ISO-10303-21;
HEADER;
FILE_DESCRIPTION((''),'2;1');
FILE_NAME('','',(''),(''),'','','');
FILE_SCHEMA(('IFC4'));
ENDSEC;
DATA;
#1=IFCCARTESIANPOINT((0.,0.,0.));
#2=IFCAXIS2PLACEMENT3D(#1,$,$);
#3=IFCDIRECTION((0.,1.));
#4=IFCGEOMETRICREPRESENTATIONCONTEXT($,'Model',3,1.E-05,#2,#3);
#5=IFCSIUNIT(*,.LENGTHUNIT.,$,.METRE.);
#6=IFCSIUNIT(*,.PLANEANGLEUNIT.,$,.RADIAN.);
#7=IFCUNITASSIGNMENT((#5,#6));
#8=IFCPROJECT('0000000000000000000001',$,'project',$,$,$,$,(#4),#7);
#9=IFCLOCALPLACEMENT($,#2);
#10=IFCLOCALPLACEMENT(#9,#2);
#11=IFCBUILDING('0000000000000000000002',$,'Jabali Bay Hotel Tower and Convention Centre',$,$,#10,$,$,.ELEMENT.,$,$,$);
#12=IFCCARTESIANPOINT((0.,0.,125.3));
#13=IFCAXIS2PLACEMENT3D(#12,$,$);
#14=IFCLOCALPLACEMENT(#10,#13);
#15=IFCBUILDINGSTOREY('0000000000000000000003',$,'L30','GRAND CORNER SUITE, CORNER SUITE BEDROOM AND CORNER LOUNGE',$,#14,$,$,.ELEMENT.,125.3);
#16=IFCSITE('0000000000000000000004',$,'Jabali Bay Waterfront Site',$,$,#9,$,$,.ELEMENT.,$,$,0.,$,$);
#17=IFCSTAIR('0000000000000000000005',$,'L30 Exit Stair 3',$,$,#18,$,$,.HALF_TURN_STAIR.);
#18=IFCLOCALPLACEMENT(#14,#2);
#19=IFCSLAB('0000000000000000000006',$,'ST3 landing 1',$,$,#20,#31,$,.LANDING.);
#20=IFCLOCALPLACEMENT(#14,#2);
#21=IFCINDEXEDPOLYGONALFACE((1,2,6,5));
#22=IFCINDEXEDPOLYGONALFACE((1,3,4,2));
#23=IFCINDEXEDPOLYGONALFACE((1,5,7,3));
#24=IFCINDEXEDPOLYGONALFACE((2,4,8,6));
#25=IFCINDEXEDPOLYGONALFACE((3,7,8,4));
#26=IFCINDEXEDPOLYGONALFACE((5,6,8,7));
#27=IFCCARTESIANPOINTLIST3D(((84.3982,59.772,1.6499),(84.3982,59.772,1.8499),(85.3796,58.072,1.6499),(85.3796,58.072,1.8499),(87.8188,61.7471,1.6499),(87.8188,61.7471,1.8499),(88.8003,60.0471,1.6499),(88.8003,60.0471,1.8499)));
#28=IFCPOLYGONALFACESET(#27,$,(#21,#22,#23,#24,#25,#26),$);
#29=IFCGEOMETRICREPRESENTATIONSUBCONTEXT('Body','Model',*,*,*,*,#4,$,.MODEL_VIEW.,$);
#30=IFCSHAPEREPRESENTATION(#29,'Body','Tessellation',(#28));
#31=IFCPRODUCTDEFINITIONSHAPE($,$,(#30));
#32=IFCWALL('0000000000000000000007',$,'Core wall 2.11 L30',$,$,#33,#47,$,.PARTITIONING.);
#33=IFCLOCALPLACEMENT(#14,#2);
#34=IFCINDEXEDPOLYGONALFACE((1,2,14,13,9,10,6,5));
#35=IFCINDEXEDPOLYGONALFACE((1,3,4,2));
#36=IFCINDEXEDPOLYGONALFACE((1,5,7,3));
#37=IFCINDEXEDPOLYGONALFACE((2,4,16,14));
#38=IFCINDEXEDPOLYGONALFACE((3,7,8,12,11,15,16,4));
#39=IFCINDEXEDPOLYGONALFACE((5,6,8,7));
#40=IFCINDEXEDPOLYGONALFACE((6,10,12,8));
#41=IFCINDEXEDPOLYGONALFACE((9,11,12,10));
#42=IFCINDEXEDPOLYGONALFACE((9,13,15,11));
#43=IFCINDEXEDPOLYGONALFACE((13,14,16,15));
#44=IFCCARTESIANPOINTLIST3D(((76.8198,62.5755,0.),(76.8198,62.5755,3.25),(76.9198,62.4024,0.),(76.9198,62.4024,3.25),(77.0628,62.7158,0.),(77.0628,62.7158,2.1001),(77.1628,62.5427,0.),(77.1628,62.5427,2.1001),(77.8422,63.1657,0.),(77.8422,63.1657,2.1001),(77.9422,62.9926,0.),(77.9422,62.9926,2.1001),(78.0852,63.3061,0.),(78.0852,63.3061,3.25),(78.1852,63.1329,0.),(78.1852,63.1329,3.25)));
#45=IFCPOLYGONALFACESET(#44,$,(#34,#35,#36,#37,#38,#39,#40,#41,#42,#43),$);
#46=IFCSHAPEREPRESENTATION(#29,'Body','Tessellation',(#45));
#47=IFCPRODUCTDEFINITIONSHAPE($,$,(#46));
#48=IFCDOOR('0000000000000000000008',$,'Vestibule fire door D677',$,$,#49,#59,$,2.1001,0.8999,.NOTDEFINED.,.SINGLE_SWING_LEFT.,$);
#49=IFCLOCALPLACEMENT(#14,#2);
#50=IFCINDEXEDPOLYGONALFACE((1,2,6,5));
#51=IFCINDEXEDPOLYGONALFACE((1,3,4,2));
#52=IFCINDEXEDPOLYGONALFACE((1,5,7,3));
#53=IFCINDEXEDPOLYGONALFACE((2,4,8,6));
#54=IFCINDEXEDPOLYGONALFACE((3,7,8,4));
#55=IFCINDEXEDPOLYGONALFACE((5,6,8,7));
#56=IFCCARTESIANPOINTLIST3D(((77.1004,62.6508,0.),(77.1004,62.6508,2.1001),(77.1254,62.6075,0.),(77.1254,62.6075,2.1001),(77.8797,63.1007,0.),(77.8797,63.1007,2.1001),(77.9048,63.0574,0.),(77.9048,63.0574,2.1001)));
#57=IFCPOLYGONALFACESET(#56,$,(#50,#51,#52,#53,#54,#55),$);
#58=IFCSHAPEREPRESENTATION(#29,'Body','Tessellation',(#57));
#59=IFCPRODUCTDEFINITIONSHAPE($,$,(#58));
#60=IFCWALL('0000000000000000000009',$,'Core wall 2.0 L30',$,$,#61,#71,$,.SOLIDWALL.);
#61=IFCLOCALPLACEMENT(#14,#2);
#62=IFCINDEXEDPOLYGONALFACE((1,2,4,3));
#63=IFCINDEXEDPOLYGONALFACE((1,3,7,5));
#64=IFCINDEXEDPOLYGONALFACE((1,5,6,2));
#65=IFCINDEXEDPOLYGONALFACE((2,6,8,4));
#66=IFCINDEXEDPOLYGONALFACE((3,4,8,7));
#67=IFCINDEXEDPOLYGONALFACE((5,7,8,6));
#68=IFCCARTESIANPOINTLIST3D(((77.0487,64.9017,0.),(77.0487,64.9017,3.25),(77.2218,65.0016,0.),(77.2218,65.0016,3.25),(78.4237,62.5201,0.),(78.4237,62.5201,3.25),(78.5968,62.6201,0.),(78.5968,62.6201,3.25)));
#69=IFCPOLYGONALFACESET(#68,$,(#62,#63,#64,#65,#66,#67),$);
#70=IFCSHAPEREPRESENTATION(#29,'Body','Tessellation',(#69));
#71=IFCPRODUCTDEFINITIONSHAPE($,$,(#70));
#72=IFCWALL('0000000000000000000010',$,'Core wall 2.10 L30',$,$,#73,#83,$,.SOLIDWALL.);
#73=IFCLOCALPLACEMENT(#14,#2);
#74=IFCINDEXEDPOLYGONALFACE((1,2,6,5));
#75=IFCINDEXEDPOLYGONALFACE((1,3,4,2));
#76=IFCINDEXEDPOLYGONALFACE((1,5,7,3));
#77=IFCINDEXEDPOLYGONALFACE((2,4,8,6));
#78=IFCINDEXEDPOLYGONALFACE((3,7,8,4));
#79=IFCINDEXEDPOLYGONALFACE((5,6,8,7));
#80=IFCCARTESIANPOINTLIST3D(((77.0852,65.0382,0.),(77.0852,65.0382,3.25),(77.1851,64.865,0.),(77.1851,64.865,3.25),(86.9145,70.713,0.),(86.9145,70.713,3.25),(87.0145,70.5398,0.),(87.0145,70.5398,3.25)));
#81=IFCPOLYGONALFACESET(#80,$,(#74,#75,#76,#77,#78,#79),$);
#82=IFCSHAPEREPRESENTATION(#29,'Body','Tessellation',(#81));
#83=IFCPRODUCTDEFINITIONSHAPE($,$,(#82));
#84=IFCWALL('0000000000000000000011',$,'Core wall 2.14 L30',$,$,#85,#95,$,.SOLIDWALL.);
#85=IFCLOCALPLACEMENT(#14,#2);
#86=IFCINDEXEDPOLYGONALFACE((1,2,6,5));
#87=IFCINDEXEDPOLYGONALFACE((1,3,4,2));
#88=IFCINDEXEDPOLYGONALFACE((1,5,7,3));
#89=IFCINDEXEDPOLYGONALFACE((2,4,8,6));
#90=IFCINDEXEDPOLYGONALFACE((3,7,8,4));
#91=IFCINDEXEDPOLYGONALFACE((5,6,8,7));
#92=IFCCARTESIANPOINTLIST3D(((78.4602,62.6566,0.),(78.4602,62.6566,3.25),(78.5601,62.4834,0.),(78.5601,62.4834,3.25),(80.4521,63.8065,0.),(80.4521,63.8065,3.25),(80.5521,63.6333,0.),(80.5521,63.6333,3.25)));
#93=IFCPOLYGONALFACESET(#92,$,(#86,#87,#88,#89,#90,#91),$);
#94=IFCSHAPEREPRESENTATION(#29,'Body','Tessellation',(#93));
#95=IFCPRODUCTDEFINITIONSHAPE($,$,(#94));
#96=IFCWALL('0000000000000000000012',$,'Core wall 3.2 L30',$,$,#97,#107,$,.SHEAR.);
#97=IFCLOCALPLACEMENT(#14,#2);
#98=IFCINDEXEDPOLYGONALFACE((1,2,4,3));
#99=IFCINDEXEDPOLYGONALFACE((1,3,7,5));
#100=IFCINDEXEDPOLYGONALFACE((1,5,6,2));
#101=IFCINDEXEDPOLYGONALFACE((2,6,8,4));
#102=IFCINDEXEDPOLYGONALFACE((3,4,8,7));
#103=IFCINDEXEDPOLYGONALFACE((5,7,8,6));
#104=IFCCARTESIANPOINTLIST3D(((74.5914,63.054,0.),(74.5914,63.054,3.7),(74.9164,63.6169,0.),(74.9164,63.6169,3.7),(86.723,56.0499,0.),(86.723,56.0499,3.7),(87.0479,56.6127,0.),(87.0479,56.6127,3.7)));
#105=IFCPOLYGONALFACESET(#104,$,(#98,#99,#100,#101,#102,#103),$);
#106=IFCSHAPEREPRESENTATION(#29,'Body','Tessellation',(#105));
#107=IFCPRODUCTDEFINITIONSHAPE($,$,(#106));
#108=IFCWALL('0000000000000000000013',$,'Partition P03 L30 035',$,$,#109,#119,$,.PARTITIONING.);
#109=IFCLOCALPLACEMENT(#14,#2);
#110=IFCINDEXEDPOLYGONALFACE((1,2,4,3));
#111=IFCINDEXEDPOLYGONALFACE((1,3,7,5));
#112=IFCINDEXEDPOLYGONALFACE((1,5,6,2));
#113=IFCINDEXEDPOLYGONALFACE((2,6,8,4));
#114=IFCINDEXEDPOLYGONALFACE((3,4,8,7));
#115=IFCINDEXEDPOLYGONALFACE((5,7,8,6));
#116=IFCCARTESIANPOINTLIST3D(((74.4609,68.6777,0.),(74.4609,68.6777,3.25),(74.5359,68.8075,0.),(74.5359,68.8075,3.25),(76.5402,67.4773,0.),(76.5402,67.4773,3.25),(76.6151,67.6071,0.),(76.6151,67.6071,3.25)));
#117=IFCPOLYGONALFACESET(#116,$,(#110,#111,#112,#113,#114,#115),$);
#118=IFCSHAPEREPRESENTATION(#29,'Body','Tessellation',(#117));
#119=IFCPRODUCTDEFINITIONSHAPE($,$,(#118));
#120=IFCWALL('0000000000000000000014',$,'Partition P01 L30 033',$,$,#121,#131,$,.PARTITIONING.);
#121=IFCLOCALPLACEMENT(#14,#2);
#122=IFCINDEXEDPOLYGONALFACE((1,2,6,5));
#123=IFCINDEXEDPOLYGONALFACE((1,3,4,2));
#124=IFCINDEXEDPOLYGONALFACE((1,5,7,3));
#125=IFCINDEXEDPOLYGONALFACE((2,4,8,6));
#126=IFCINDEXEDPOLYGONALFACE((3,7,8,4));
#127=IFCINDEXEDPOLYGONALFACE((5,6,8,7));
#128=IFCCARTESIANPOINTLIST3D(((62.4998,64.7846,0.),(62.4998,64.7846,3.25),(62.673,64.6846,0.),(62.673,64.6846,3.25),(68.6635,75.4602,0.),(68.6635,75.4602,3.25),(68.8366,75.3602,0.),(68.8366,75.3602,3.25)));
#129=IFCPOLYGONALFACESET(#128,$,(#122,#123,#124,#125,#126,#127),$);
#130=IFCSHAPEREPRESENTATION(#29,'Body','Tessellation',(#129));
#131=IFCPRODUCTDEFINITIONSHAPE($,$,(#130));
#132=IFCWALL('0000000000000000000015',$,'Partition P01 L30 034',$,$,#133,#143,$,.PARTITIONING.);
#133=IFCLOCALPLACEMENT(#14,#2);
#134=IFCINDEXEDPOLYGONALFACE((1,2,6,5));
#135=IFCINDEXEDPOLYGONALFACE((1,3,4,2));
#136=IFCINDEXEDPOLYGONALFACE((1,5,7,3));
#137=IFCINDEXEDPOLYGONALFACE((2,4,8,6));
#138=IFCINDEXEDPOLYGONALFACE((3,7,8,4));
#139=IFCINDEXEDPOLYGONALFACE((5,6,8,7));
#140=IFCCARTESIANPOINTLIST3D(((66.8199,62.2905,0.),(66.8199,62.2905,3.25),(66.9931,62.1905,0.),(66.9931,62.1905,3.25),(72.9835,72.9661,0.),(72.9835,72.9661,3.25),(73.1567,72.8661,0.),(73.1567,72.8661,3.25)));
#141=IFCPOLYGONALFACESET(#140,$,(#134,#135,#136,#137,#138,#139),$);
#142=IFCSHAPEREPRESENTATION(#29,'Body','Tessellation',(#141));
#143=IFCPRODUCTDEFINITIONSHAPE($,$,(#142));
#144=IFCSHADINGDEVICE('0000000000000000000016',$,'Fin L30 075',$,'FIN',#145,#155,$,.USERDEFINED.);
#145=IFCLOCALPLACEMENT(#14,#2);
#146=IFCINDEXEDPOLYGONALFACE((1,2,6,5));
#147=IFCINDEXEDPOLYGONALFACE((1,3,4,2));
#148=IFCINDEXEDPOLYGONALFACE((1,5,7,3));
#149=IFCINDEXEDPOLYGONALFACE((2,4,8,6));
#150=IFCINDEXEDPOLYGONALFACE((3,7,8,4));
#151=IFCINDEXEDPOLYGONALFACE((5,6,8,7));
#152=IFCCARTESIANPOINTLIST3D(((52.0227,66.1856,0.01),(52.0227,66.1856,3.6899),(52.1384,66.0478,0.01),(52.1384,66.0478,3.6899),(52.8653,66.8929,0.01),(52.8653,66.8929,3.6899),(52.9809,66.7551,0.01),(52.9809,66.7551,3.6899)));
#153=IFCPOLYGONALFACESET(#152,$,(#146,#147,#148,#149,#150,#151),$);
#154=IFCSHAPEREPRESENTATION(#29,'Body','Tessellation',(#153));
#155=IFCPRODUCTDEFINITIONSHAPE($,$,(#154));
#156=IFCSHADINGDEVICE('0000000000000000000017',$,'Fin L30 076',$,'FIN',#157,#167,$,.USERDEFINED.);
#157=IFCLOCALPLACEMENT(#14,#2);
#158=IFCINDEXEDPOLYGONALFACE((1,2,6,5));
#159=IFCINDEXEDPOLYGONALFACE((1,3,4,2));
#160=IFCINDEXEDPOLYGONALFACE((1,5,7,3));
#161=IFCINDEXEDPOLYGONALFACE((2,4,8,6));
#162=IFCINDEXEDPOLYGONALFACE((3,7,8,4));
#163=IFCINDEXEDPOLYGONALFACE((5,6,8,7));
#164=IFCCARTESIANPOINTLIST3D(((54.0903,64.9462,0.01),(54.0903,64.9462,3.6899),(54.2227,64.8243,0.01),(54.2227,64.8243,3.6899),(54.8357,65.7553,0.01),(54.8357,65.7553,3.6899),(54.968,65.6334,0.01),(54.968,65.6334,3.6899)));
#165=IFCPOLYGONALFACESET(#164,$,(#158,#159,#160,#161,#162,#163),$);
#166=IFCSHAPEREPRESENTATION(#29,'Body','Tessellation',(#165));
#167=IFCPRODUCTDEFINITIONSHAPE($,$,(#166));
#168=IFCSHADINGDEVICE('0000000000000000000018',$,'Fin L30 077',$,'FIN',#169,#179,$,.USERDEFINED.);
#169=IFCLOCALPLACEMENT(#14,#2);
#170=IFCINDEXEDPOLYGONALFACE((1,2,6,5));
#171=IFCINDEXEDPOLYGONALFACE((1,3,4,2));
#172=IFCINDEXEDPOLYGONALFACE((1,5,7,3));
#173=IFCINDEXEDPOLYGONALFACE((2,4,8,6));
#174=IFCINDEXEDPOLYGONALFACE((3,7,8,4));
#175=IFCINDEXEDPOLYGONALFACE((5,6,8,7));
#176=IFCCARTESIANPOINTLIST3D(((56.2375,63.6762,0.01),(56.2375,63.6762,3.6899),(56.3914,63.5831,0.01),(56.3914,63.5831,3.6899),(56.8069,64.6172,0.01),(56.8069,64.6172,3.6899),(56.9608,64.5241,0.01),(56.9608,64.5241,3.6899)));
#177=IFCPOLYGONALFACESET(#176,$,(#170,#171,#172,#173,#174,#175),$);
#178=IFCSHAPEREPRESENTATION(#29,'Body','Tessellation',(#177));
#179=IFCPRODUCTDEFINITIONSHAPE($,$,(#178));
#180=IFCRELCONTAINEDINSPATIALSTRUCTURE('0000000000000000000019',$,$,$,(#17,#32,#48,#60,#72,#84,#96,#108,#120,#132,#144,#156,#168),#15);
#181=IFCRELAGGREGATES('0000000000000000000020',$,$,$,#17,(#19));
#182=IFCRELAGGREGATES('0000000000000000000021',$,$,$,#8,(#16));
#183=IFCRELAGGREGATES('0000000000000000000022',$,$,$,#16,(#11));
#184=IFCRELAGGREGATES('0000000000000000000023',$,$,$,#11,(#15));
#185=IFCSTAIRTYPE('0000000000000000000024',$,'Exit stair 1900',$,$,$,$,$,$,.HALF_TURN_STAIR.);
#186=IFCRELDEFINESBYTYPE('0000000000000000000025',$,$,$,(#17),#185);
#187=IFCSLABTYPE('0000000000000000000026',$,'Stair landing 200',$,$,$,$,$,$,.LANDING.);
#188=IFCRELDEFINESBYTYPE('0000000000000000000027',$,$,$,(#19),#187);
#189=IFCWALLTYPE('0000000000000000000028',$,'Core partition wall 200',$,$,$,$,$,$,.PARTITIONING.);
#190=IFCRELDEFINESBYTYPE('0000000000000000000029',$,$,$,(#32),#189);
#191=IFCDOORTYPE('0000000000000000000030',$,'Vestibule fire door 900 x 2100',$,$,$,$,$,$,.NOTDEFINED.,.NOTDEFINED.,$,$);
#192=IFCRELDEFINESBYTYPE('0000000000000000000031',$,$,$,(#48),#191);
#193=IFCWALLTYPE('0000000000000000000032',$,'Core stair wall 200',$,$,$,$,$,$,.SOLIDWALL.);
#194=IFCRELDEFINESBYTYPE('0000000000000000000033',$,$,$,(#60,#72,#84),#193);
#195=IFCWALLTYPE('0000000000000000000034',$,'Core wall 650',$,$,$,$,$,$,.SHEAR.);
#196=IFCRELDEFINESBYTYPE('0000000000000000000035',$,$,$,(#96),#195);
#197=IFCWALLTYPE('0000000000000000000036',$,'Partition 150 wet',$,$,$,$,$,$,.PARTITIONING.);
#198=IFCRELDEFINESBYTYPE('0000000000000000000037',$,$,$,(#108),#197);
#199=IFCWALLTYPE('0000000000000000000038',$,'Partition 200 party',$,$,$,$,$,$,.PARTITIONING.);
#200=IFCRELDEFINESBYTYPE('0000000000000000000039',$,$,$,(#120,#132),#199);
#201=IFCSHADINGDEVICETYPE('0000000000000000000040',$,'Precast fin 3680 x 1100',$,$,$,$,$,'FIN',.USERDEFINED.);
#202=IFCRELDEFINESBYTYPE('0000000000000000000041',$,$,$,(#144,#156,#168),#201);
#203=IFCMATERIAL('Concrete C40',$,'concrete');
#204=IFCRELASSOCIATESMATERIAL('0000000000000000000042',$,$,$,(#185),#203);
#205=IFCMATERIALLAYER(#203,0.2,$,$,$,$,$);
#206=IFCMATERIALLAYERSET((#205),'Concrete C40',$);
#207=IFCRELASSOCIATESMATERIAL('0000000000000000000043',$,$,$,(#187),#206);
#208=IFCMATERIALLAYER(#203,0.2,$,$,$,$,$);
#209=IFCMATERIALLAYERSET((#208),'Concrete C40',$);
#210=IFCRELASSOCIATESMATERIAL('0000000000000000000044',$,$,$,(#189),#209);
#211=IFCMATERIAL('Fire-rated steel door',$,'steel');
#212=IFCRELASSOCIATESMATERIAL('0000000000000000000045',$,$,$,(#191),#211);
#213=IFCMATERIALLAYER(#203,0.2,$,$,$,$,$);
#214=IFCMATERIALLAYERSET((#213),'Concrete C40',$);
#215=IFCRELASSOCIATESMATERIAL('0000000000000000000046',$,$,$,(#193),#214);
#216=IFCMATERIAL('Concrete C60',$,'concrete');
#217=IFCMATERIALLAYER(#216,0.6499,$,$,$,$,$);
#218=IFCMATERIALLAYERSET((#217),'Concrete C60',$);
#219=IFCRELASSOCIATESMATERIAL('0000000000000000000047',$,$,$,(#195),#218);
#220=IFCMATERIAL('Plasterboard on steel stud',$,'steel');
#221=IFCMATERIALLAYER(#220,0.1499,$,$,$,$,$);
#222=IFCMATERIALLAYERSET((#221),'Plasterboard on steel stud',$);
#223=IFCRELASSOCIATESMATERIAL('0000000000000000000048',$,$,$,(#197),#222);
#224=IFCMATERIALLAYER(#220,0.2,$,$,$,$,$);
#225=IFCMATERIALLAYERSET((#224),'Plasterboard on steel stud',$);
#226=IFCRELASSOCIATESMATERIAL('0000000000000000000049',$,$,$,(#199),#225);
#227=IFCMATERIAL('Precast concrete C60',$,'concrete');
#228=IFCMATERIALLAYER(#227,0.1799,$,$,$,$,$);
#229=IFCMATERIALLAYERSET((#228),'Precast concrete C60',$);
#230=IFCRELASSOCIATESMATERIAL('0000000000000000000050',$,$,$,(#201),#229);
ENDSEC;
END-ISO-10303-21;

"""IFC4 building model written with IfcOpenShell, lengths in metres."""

from ifc_helpers import new_model, si_unit, direction, frame, frame_2d, origin, place, context, subcontext, project, spatial, polyline, rectangle, outline, extrude, material, layer, layer_set, type_object, element, fill, aggregate, save


model = new_model("IFC4")

# Units and contexts
model_context = context("Model", 3, precision=1e-05, world=origin(), true_north=direction((0.0, 1.0)))
body_context = subcontext(model_context, "Body", "Model", "MODEL_VIEW")
ifc_project = project(units=[si_unit("LENGTHUNIT", "METRE"), si_unit("PLANEANGLEUNIT", "RADIAN")], contexts=[model_context])

# Site, building, storey
site_placement = place(None, origin())
site = spatial("IfcSite", under=ifc_project, at=site_placement, Name="Jabali Bay Waterfront Site", CompositionType="ELEMENT", RefElevation=0.0)
building_placement = place(site_placement, origin())
building = spatial("IfcBuilding", under=site, at=building_placement, Name="Jabali Bay Hotel Tower and Convention Centre", CompositionType="ELEMENT")
storey_placement = place(building_placement, frame((0.0, 0.0, 125.3)))
storey = spatial("IfcBuildingStorey", under=building, at=storey_placement, Name="L30", Description="GRAND CORNER SUITE, CORNER SUITE BEDROOM AND CORNER LOUNGE", CompositionType="ELEMENT", Elevation=125.3)

# Shared definitions
ifc_material_1 = material(Name="Concrete C60", Category="concrete")

# Shared definitions
ifc_material_2 = material(Name="Concrete C40", Category="concrete")

# Stair, slab
stair_type = type_object("IfcStairType", Name="Exit stair 1900", PredefinedType="HALF_TURN_STAIR", material=ifc_material_2)
ifc_layer_1 = layer(ifc_material_2, 0.2)
ifc_layer_set_1 = layer_set([ifc_layer_1], Name="Concrete C40")
slab_type_1 = type_object("IfcSlabType", Name="Stair landing 200", PredefinedType="LANDING", material=ifc_layer_set_1)
stair_1_placement = place(storey_placement, origin())
stair_1 = element("IfcStair", 1, at=stair_1_placement, inside=storey, type_object=stair_type, Name="L30 Exit Stair 3", PredefinedType="HALF_TURN_STAIR")
slab_1_placement = place(storey_placement, frame((0.0, 0.0, 1.6499)))
slab_1 = element("IfcSlab", 2, at=slab_1_placement, type_object=slab_type_1, Name="ST3 landing 1", PredefinedType="LANDING", context=body_context, shape_type="SweptSolid", body=[
    extrude(outline(polyline([(84.3982, 59.772), (85.3796, 58.072), (88.8003, 60.0471), (87.8188, 61.7471), (84.3982, 59.772)])), origin(), (0.0, 0.0, 1.0), 0.2),
])
aggregate(stair_1, [slab_1])

# Wall, opening, door
ifc_layer_2 = layer(ifc_material_2, 0.2)
ifc_layer_set_2 = layer_set([ifc_layer_2], Name="Concrete C40")
wall_type_1 = type_object("IfcWallType", Name="Core partition wall 200", PredefinedType="PARTITIONING", material=ifc_layer_set_2)
wall_1_placement = place(storey_placement, frame((76.8699, 62.489, 0.0), z_axis=(0.0, 0.0, 1.0), x_axis=(0.866055, 0.499949, 0.0)))
wall_1 = element("IfcWall", 3, at=wall_1_placement, inside=storey, type_object=wall_type_1, Name="Core wall 2.11 L30", PredefinedType="PARTITIONING", context=body_context, shape_type="SweptSolid", body=[
    extrude(rectangle(XDim=1.4612, YDim=0.2, at=frame_2d((0.7305, 0.0))), origin(), (0.0, 0.0, 1.0), 3.25),
])
opening_placement = place(wall_1_placement, frame((0.2805, 0.0, 0.0)))
opening = element("IfcOpeningElement", 4, at=opening_placement, cuts=wall_1, PredefinedType="OPENING", context=body_context, shape_type="SweptSolid", body=[
    extrude(rectangle(XDim=0.8999, YDim=2.1001, at=frame_2d((0.45, 1.05))), frame((0.0, 0.1104, 0.0), z_axis=(0.0, -1.0, 0.0), x_axis=(1.0, 0.0, 0.0)), (0.0, 0.0, 1.0), 0.2209),
])
ifc_material_3 = material(Name="Fire-rated steel door", Category="steel")
door_type = type_object("IfcDoorType", Name="Vestibule fire door 900 x 2100", OperationType="NOTDEFINED", PredefinedType="NOTDEFINED", material=ifc_material_3)
door_placement = place(opening_placement, origin())
door = element("IfcDoor", 5, at=door_placement, inside=storey, type_object=door_type, Name="Vestibule fire door D677", OperationType="SINGLE_SWING_LEFT", OverallHeight=2.1001, OverallWidth=0.8999, PredefinedType="NOTDEFINED", context=body_context, shape_type="SweptSolid", body=[
    extrude(rectangle(XDim=0.8999, YDim=2.1001, at=frame_2d((0.45, 1.05))), frame((0.0, 0.0249, 0.0), z_axis=(0.0, -1.0, 0.0), x_axis=(1.0, 0.0, 0.0)), (0.0, 0.0, 1.0), 0.05),
])
fill(opening, door)

# Walls
ifc_layer_3 = layer(ifc_material_2, 0.2)
ifc_layer_set_3 = layer_set([ifc_layer_3], Name="Concrete C40")
wall_type_2 = type_object("IfcWallType", Name="Core stair wall 200", PredefinedType="SOLIDWALL", material=ifc_layer_set_3)
wall_2_placement = place(storey_placement, frame((77.1353, 64.9517, 0.0), z_axis=(0.0, 0.0, 1.0), x_axis=(0.499997, -0.866027, 0.0)))
element("IfcWall", 6, at=wall_2_placement, inside=storey, type_object=wall_type_2, Name="Core wall 2.0 L30", PredefinedType="SOLIDWALL", context=body_context, shape_type="SweptSolid", body=[
    extrude(rectangle(XDim=2.75, YDim=0.2, at=frame_2d((1.375, 0.0))), origin(), (0.0, 0.0, 1.0), 3.25),
])
wall_3_placement = place(storey_placement, frame((77.1353, 64.9517, 0.0), z_axis=(0.0, 0.0, 1.0), x_axis=(0.866032, 0.499989, 0.0)))
element("IfcWall", 7, at=wall_3_placement, inside=storey, type_object=wall_type_2, Name="Core wall 2.10 L30", PredefinedType="SOLIDWALL", context=body_context, shape_type="SweptSolid", body=[
    extrude(rectangle(XDim=11.3499, YDim=0.2, at=frame_2d((5.6748, 0.0))), origin(), (0.0, 0.0, 1.0), 3.25),
])
wall_4_placement = place(storey_placement, frame((78.5103, 62.5701, 0.0), z_axis=(0.0, 0.0, 1.0), x_axis=(0.866053, 0.499952, 0.0)))
element("IfcWall", 8, at=wall_4_placement, inside=storey, type_object=wall_type_2, Name="Core wall 2.14 L30", PredefinedType="SOLIDWALL", context=body_context, shape_type="SweptSolid", body=[
    extrude(rectangle(XDim=2.3, YDim=0.2, at=frame_2d((1.1499, 0.0))), origin(), (0.0, 0.0, 1.0), 3.25),
])
ifc_layer_4 = layer(ifc_material_1, 0.6499)
ifc_layer_set_4 = layer_set([ifc_layer_4], Name="Concrete C60")
wall_type_3 = type_object("IfcWallType", Name="Core wall 650", PredefinedType="SHEAR", material=ifc_layer_set_4)
wall_5_placement = place(storey_placement, frame((74.7539, 63.3354, 0.0), z_axis=(0.0, 0.0, 1.0), x_axis=(0.866026, -0.499999, 0.0)))
element("IfcWall", 9, at=wall_5_placement, inside=storey, type_object=wall_type_3, Name="Core wall 3.2 L30", PredefinedType="SHEAR", context=body_context, shape_type="SweptSolid", body=[
    extrude(rectangle(XDim=14.0083, YDim=0.6499, at=frame_2d((7.0042, 0.0))), origin(), (0.0, 0.0, 1.0), 3.7),
])
ifc_material_4 = material(Name="Plasterboard on steel stud", Category="steel")
ifc_layer_5 = layer(ifc_material_4, 0.1499)
ifc_layer_set_5 = layer_set([ifc_layer_5], Name="Plasterboard on steel stud")
wall_type_4 = type_object("IfcWallType", Name="Partition 150 wet", PredefinedType="PARTITIONING", material=ifc_layer_set_5)
wall_6_placement = place(storey_placement, frame((76.5776, 67.5422, 0.0), z_axis=(0.0, 0.0, 1.0), x_axis=(-0.866038, 0.499978, 0.0)))
element("IfcWall", 10, at=wall_6_placement, inside=storey, type_object=wall_type_4, Name="Partition P03 L30 035", PredefinedType="PARTITIONING", context=body_context, shape_type="SweptSolid", body=[
    extrude(rectangle(XDim=2.4009, YDim=0.1499, at=frame_2d((1.2004, 0.0))), origin(), (0.0, 0.0, 1.0), 3.25),
])
ifc_layer_6 = layer(ifc_material_4, 0.2)
ifc_layer_set_6 = layer_set([ifc_layer_6], Name="Plasterboard on steel stud")
wall_type_5 = type_object("IfcWallType", Name="Partition 200 party", PredefinedType="PARTITIONING", material=ifc_layer_set_6)
for number, where, z_axis, x_axis, name in (
    (11, (62.5864, 64.7346, 0.0), (0.0, 0.0, 1.0), (0.500003, 0.866024, 0.0), "Partition P01 L30 033"),
    (12, (66.9065, 62.2405, 0.0), (0.0, 0.0, 1.0), (0.500003, 0.866024, 0.0), "Partition P01 L30 034"),
):
    element("IfcWall", number, at=place(storey_placement, frame(where, z_axis=z_axis, x_axis=x_axis)), inside=storey, type_object=wall_type_5, Name=name, PredefinedType="PARTITIONING", context=body_context, shape_type="SweptSolid", body=[
        extrude(rectangle(XDim=12.3271, YDim=0.2, at=frame_2d((6.1636, 0.0))), origin(), (0.0, 0.0, 1.0), 3.25),
    ])

# Shading devices
ifc_material_5 = material(Name="Precast concrete C60", Category="concrete")
ifc_layer_7 = layer(ifc_material_5, 0.1799)
ifc_layer_set_7 = layer_set([ifc_layer_7], Name="Precast concrete C60")
shading_device_type_1 = type_object("IfcShadingDeviceType", Name="Precast fin 3680 x 1100", ElementType="FIN", PredefinedType="USERDEFINED", material=ifc_layer_set_7)
for number, where, z_axis, x_axis, name in (
    (13, (52.9231, 66.824, 0.01), (0.0, 0.0, 1.0), (-0.765906, -0.642953, 0.0), "Fin L30 075"),
    (14, (54.9019, 65.6943, 0.01), (0.0, 0.0, 1.0), (-0.677552, -0.735475, 0.0), "Fin L30 076"),
):
    element("IfcShadingDevice", number, at=place(storey_placement, frame(where, z_axis=z_axis, x_axis=x_axis)), inside=storey, type_object=shading_device_type_1, Name=name, ObjectType="FIN", PredefinedType="USERDEFINED", context=body_context, shape_type="SweptSolid", body=[
        extrude(rectangle(XDim=1.1001, YDim=0.1799, at=frame_2d((0.55, 0.0))), origin(), (0.0, 0.0, 1.0), 3.6799),
    ])
for number, where, z_axis, x_axis, name in (
    (15, (56.8838, 64.5706, 0.01), (0.0, 0.0, 1.0), (-0.517692, -0.855567, 0.0), "Fin L30 077"),
):
    element("IfcShadingDevice", number, at=place(storey_placement, frame(where, z_axis=z_axis, x_axis=x_axis)), inside=storey, type_object=shading_device_type_1, Name=name, ObjectType="FIN", PredefinedType="USERDEFINED", context=body_context, shape_type="SweptSolid", body=[
        extrude(rectangle(XDim=1.0999, YDim=0.1799, at=frame_2d((0.5498, 0.0))), origin(), (0.0, 0.0, 1.0), 3.6799),
    ])

save(model, "model.ifc")
